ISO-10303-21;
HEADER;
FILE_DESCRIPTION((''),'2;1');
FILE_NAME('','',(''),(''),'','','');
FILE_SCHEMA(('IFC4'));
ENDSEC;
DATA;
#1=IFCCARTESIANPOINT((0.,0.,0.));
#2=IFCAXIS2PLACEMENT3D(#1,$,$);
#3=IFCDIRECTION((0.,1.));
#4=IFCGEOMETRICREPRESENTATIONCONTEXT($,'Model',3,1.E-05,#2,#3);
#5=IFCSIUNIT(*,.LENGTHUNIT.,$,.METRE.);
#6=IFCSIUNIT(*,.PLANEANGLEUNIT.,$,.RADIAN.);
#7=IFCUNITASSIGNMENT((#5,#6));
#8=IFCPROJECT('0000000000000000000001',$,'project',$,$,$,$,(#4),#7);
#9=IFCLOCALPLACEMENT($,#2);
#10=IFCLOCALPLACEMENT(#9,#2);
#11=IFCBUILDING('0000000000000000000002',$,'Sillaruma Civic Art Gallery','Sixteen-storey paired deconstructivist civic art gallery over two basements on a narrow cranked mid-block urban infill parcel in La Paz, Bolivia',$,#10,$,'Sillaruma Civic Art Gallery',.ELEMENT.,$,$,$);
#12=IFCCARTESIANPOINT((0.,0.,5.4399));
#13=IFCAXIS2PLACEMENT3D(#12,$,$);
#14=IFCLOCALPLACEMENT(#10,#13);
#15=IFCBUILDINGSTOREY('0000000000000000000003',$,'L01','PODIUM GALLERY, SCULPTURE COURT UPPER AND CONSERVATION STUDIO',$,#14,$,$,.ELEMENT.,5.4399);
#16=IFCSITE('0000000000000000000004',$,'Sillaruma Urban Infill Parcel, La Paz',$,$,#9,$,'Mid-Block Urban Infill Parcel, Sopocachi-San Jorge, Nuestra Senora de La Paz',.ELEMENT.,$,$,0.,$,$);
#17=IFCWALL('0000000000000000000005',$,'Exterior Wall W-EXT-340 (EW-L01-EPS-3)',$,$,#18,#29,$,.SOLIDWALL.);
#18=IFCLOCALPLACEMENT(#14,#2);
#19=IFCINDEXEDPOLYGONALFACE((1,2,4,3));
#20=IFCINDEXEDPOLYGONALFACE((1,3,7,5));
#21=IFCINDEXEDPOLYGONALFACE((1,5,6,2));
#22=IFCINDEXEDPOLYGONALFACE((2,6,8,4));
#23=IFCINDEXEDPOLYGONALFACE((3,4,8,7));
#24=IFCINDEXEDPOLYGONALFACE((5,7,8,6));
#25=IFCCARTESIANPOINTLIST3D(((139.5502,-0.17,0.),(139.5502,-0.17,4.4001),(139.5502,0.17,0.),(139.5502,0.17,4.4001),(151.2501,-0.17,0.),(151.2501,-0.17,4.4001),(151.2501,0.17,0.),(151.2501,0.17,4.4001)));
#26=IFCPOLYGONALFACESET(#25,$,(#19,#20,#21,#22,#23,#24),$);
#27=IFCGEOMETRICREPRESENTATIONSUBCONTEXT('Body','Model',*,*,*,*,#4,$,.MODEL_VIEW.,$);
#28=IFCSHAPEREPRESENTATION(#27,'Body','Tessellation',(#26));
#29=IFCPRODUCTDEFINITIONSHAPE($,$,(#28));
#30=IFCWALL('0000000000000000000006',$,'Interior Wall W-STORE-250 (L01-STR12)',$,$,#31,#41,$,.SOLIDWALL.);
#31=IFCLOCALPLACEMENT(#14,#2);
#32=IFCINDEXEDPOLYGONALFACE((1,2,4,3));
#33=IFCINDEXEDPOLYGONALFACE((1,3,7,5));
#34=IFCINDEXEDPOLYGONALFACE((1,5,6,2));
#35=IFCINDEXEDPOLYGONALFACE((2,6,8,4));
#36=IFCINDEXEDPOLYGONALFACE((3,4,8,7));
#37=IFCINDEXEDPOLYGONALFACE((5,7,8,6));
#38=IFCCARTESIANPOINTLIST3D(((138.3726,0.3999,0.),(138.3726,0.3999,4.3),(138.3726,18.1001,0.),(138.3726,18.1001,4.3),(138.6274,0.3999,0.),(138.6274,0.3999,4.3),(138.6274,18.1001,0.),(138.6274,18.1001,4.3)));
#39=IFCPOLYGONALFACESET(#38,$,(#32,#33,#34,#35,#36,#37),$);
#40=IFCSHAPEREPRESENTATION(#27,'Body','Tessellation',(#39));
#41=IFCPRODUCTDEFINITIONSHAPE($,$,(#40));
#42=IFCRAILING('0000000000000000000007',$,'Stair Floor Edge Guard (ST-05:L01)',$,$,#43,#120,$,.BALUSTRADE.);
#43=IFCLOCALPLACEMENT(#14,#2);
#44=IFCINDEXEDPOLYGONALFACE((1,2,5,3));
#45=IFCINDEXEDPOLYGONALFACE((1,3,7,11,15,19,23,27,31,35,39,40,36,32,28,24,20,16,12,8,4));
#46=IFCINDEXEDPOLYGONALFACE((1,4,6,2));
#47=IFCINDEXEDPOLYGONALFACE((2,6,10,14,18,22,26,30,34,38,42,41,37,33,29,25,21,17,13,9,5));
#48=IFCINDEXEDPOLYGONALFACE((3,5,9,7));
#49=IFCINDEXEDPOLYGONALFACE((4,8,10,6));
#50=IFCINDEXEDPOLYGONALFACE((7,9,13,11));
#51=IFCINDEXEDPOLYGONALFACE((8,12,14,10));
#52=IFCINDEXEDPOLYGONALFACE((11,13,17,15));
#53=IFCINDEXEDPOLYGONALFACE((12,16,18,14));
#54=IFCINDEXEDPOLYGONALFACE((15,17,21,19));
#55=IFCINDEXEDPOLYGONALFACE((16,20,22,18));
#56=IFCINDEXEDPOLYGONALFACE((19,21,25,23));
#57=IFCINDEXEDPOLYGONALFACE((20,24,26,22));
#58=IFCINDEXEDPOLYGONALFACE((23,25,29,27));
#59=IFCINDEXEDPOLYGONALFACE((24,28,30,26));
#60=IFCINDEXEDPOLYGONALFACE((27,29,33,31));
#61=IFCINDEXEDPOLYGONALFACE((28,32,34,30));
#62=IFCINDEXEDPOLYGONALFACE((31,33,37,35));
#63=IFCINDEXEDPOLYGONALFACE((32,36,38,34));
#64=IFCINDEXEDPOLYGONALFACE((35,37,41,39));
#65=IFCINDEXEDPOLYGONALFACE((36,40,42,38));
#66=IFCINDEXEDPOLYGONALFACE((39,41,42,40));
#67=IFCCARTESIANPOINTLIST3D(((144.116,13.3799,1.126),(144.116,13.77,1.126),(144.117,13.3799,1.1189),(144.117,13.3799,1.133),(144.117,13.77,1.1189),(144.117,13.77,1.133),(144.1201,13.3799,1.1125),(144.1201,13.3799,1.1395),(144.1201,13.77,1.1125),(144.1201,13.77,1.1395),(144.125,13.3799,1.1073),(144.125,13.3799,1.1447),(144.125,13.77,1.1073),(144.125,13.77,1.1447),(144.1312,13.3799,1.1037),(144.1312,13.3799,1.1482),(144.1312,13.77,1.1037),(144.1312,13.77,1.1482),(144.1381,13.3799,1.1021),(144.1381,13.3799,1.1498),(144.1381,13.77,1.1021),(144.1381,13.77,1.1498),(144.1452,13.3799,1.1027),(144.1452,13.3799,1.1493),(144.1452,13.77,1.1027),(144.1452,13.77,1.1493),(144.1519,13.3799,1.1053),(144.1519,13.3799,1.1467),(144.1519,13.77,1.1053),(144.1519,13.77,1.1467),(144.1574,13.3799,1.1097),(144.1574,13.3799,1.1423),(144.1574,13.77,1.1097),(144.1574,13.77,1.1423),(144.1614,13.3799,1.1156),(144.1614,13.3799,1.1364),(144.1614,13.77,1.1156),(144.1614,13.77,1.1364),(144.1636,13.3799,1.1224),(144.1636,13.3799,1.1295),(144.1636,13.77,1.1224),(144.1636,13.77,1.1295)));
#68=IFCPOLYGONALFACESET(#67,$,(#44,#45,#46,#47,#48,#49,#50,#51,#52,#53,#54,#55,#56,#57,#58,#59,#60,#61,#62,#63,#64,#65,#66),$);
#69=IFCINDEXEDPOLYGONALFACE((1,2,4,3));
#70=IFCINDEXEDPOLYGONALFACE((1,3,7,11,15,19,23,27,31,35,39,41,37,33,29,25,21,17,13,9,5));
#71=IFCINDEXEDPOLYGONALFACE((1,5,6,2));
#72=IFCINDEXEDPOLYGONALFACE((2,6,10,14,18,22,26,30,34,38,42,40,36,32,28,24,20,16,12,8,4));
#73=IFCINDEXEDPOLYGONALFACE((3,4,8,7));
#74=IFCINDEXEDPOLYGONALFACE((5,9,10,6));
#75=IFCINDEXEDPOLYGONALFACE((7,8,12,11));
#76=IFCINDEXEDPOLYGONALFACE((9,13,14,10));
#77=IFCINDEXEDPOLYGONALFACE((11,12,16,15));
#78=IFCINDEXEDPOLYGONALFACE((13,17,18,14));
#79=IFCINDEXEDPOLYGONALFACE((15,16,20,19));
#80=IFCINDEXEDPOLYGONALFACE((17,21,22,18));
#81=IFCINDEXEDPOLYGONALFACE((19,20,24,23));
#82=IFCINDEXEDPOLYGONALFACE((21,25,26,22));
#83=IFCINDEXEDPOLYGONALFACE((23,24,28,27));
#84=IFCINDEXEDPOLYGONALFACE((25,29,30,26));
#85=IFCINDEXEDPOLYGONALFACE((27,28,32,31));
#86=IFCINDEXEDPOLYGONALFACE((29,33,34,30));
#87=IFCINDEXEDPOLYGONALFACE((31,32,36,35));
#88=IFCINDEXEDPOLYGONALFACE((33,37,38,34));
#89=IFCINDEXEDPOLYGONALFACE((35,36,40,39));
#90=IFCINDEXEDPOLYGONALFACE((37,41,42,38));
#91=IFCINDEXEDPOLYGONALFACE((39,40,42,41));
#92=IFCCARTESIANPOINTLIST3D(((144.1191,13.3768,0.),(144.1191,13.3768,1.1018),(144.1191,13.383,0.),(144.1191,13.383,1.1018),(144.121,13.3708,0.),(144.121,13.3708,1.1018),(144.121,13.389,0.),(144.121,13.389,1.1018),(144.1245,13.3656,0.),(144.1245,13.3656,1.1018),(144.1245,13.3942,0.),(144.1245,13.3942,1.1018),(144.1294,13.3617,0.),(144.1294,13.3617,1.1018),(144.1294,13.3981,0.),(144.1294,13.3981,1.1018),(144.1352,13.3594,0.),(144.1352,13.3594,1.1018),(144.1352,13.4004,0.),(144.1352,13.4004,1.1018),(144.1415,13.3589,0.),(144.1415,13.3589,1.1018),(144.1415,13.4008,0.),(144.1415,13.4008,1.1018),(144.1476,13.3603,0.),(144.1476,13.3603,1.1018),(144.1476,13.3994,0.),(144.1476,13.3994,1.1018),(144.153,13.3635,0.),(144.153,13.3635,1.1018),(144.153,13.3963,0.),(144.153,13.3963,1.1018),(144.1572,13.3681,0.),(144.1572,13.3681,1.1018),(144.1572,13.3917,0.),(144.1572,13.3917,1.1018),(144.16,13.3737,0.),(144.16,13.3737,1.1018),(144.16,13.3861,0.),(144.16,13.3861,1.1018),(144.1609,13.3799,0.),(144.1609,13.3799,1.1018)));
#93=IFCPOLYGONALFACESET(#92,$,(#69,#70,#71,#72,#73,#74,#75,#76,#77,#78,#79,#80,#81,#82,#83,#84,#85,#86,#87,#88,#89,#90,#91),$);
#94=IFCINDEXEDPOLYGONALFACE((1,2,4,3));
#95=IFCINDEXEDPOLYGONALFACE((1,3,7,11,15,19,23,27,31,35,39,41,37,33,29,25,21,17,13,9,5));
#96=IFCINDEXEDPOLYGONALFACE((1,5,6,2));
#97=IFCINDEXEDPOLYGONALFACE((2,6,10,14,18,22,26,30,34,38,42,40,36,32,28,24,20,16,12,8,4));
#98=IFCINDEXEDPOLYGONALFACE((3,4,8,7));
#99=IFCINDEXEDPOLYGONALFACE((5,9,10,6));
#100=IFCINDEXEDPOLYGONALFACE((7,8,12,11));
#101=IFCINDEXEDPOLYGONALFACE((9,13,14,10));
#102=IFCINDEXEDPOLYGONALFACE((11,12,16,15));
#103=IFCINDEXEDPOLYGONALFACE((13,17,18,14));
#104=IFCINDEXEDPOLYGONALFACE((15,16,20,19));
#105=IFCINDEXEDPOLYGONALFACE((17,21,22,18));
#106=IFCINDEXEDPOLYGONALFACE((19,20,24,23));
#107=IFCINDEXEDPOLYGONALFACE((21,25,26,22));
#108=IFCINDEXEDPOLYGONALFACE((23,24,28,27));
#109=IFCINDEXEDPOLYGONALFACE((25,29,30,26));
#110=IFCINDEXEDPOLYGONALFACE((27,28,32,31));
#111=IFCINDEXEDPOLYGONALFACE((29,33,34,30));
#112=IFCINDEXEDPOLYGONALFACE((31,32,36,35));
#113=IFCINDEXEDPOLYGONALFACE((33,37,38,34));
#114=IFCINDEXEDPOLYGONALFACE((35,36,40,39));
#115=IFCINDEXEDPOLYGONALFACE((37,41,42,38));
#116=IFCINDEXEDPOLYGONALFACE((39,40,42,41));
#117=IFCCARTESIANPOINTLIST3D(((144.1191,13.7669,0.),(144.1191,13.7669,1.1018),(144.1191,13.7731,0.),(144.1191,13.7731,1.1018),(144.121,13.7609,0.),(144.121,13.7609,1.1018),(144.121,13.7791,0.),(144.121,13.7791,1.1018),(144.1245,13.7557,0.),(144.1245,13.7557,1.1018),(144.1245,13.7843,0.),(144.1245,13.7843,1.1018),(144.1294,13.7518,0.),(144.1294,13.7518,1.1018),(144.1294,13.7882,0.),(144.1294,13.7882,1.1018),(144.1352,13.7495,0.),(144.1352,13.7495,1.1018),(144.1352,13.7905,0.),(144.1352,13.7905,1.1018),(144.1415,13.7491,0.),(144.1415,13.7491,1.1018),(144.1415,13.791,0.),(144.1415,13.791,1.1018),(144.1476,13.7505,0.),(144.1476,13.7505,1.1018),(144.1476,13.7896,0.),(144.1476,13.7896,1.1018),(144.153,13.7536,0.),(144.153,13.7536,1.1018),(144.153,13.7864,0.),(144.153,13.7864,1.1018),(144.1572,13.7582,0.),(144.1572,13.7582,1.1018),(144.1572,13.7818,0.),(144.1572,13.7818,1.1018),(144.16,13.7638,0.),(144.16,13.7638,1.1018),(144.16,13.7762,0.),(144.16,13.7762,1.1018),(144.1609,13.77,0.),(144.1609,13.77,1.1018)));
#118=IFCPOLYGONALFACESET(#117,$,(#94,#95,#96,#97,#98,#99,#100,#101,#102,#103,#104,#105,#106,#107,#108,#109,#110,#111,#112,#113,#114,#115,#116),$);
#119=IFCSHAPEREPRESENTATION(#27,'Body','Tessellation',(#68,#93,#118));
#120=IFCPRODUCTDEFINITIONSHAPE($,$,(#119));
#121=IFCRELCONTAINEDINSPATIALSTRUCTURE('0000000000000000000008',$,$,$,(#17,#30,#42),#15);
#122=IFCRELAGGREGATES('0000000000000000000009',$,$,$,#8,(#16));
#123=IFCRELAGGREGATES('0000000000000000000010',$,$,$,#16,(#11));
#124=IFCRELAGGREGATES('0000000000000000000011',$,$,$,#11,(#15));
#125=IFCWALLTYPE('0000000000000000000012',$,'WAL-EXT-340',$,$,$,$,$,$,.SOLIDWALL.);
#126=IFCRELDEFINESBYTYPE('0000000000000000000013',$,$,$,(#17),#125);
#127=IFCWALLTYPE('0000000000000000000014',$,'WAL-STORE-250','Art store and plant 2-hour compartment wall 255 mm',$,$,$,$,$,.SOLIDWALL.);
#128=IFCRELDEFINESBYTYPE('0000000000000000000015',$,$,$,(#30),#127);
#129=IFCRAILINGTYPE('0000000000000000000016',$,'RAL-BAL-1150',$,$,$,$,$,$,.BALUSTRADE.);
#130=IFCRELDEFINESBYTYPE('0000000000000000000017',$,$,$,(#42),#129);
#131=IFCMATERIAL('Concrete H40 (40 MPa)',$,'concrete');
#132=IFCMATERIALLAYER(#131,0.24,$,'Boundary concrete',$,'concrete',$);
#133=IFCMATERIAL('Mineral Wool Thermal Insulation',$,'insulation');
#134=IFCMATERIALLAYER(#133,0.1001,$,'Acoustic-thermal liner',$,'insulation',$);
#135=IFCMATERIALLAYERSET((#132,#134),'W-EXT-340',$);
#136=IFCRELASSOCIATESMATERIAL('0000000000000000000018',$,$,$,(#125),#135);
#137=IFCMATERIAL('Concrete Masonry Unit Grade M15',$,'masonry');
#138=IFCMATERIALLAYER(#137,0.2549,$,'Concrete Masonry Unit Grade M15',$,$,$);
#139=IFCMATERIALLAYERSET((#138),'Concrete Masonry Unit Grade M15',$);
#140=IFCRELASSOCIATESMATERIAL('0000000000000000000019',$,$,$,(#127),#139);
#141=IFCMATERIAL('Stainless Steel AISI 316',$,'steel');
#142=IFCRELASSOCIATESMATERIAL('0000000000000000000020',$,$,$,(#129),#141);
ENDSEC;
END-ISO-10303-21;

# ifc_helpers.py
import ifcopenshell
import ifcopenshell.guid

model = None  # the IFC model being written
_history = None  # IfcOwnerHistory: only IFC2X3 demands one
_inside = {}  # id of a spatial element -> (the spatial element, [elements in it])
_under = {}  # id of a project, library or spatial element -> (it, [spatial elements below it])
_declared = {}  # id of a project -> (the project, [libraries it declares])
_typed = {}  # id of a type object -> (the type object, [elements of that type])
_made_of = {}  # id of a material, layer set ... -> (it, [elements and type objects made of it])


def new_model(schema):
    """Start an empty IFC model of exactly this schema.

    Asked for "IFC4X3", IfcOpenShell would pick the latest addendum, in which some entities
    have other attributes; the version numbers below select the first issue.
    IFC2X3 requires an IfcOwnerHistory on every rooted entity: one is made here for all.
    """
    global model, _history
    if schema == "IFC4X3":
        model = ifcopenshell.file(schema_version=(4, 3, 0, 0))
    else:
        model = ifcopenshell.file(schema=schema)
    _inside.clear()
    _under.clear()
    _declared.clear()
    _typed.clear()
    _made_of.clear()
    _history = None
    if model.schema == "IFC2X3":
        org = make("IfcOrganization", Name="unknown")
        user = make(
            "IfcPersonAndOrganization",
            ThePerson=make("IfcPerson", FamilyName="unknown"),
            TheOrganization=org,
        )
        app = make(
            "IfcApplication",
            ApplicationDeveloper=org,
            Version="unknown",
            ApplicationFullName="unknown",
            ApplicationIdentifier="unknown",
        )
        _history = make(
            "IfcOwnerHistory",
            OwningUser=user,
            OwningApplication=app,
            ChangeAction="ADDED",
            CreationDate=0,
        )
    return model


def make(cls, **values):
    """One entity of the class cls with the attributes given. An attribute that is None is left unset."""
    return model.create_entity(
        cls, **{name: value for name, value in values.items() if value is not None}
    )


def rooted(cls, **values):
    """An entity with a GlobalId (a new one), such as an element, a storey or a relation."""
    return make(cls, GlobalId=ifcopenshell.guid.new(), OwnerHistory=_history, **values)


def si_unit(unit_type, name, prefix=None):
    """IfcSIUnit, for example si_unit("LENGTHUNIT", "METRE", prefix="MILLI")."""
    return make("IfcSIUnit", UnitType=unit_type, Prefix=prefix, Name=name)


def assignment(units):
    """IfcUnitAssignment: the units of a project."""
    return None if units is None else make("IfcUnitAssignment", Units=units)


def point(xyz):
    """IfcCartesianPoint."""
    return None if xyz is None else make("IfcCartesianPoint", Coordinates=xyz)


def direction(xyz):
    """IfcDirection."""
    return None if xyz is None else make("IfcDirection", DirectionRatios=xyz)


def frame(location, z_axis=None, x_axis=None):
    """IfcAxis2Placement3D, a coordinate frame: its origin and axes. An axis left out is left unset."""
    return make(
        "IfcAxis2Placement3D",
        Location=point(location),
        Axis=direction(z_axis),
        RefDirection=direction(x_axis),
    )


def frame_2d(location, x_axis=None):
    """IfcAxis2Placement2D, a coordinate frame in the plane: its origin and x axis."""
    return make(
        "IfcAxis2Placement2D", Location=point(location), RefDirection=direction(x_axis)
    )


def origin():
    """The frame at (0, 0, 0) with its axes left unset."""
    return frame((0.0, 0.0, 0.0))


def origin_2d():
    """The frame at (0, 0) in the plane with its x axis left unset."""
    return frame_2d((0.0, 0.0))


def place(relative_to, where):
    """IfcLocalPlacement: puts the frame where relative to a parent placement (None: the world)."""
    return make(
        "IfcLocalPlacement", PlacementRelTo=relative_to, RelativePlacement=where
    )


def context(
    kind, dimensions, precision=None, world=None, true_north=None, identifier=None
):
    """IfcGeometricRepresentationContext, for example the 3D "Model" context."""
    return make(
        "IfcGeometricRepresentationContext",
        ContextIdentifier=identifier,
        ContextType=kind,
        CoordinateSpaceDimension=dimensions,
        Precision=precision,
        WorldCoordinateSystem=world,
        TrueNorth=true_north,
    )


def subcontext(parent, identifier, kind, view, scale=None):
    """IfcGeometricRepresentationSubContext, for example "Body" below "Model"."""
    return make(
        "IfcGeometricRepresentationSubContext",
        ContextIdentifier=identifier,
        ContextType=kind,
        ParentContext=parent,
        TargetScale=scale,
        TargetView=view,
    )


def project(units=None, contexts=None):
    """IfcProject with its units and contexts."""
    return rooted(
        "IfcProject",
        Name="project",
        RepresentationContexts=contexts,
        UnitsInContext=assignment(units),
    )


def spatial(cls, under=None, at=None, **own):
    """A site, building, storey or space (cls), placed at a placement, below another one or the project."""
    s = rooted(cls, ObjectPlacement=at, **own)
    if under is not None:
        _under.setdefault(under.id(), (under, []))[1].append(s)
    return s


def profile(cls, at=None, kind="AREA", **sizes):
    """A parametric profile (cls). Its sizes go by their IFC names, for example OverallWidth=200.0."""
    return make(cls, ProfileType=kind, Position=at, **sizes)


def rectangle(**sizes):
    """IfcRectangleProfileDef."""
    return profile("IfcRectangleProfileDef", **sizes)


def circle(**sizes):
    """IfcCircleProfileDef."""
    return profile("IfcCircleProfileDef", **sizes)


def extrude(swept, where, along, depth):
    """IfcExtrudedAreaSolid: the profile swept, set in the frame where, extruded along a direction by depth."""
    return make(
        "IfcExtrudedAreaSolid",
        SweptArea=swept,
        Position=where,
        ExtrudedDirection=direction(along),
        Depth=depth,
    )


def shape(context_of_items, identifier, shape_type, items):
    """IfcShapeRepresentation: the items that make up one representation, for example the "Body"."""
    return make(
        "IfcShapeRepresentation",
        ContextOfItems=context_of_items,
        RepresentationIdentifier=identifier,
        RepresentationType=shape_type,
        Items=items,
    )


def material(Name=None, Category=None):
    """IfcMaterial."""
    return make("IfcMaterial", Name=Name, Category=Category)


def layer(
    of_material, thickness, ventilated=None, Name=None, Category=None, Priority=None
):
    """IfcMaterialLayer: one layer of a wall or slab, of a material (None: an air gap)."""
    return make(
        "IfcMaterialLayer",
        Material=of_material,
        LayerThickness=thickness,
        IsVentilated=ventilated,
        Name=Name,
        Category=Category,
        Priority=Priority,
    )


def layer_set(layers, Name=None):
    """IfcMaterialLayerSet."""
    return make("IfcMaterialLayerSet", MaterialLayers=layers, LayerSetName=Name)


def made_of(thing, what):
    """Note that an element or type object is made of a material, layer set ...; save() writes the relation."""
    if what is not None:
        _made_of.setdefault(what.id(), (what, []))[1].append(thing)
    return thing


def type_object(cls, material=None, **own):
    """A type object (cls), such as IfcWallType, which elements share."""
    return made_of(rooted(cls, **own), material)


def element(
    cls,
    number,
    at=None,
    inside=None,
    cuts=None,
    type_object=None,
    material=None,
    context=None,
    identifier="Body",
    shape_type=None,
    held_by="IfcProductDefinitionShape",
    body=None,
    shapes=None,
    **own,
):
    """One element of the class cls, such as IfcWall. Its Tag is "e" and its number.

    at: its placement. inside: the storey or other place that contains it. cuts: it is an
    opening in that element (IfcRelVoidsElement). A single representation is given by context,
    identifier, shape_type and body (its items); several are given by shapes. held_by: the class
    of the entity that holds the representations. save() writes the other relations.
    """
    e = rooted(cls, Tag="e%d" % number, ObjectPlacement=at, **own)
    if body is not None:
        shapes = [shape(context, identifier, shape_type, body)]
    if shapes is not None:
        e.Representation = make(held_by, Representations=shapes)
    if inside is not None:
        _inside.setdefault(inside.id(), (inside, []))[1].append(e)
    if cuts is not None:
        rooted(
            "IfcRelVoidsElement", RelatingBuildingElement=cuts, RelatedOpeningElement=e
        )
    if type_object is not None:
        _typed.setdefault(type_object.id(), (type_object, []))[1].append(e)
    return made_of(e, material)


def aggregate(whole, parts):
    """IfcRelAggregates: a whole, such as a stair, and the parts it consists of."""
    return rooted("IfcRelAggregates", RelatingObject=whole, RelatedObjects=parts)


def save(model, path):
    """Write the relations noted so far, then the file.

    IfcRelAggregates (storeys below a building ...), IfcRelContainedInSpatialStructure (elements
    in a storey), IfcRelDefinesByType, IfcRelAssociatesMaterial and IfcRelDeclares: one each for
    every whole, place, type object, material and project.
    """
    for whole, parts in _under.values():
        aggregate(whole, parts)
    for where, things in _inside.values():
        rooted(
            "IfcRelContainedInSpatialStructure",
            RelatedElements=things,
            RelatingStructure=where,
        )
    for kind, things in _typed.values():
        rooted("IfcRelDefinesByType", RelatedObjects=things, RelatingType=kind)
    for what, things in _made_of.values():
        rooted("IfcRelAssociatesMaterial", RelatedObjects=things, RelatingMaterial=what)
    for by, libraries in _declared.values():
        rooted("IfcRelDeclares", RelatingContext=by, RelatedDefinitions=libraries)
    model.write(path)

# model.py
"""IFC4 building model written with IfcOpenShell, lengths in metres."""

from ifc_helpers import new_model, si_unit, direction, frame, frame_2d, origin, origin_2d, place, context, subcontext, project, spatial, rectangle, circle, extrude, material, layer, layer_set, type_object, element, save


model = new_model("IFC4")

# Units and contexts
model_context = context("Model", 3, precision=1e-05, world=origin(), true_north=direction((0.0, 1.0)))
body_context = subcontext(model_context, "Body", "Model", "MODEL_VIEW")
ifc_project = project(units=[si_unit("LENGTHUNIT", "METRE"), si_unit("PLANEANGLEUNIT", "RADIAN")], contexts=[model_context])

# Site, building, storey
site_placement = place(None, origin())
site = spatial("IfcSite", under=ifc_project, at=site_placement, Name="Sillaruma Urban Infill Parcel, La Paz", LongName="Mid-Block Urban Infill Parcel, Sopocachi-San Jorge, Nuestra Senora de La Paz", CompositionType="ELEMENT", RefElevation=0.0)
building_placement = place(site_placement, origin())
building = spatial("IfcBuilding", under=site, at=building_placement, Name="Sillaruma Civic Art Gallery", Description="Sixteen-storey paired deconstructivist civic art gallery over two basements on a narrow cranked mid-block urban infill parcel in La Paz, Bolivia", LongName="Sillaruma Civic Art Gallery", CompositionType="ELEMENT")
storey_placement = place(building_placement, frame((0.0, 0.0, 5.4399)))
storey = spatial("IfcBuildingStorey", under=building, at=storey_placement, Name="L01", Description="PODIUM GALLERY, SCULPTURE COURT UPPER AND CONSERVATION STUDIO", CompositionType="ELEMENT", Elevation=5.4399)

# Shared definitions
ifc_material_1 = material(Name="Concrete H40 (40 MPa)", Category="concrete")

# Walls
ifc_layer_1 = layer(ifc_material_1, 0.24, Name="Boundary concrete", Category="concrete")
ifc_material_2 = material(Name="Mineral Wool Thermal Insulation", Category="insulation")
ifc_layer_2 = layer(ifc_material_2, 0.1001, Name="Acoustic-thermal liner", Category="insulation")
ifc_layer_set_1 = layer_set([ifc_layer_1, ifc_layer_2], Name="W-EXT-340")
wall_type_1 = type_object("IfcWallType", Name="WAL-EXT-340", PredefinedType="SOLIDWALL", material=ifc_layer_set_1)
wall_1_placement = place(storey_placement, frame((139.55, 0.0, 0.0), z_axis=(0.0, 0.0, 1.0), x_axis=(1.0, 0.0, 0.0)))
element("IfcWall", 1, at=wall_1_placement, inside=storey, type_object=wall_type_1, Name="Exterior Wall W-EXT-340 (EW-L01-EPS-3)", PredefinedType="SOLIDWALL", context=body_context, shape_type="SweptSolid", body=[
    extrude(rectangle(XDim=11.7, YDim=0.3401, at=frame_2d((5.8501, 0.0))), origin(), (0.0, 0.0, 1.0), 4.4001),
])
ifc_material_3 = material(Name="Concrete Masonry Unit Grade M15", Category="masonry")
ifc_layer_3 = layer(ifc_material_3, 0.2549, Name="Concrete Masonry Unit Grade M15")
ifc_layer_set_2 = layer_set([ifc_layer_3], Name="Concrete Masonry Unit Grade M15")
wall_type_2 = type_object("IfcWallType", Name="WAL-STORE-250", Description="Art store and plant 2-hour compartment wall 255 mm", PredefinedType="SOLIDWALL", material=ifc_layer_set_2)
wall_2_placement = place(storey_placement, frame((138.5, 0.3999, 0.0), z_axis=(0.0, 0.0, 1.0), x_axis=(0.0, 1.0, 0.0)))
element("IfcWall", 2, at=wall_2_placement, inside=storey, type_object=wall_type_2, Name="Interior Wall W-STORE-250 (L01-STR12)", PredefinedType="SOLIDWALL", context=body_context, shape_type="SweptSolid", body=[
    extrude(rectangle(XDim=17.7002, YDim=0.2549, at=frame_2d((8.8501, 0.0))), origin(), (0.0, 0.0, 1.0), 4.3),
])

# Railing
ifc_material_4 = material(Name="Stainless Steel AISI 316", Category="steel")
railing_type_1 = type_object("IfcRailingType", Name="RAL-BAL-1150", PredefinedType="BALUSTRADE", material=ifc_material_4)
railing_1_placement = place(storey_placement, frame((144.1399, 13.3799, 0.0)))
element("IfcRailing", 3, at=railing_1_placement, inside=storey, type_object=railing_type_1, Name="Stair Floor Edge Guard (ST-05:L01)", PredefinedType="BALUSTRADE", context=body_context, shape_type="SweptSolid", body=[
    extrude(circle(Radius=0.0239, at=origin_2d()), frame((0.0, 0.0, 1.126), z_axis=(0.0, 1.0, 0.0), x_axis=(-1.0, 0.0, 0.0)), (0.0, 0.0, 1.0), 0.3901),
    extrude(circle(Radius=0.021, at=origin_2d()), origin(), (0.0, 0.0, 1.0), 1.1018),
    extrude(circle(Radius=0.021, at=origin_2d()), frame((0.0, 0.3901, 0.0)), (0.0, 0.0, 1.0), 1.1018),
])

save(model, "model.ifc")
